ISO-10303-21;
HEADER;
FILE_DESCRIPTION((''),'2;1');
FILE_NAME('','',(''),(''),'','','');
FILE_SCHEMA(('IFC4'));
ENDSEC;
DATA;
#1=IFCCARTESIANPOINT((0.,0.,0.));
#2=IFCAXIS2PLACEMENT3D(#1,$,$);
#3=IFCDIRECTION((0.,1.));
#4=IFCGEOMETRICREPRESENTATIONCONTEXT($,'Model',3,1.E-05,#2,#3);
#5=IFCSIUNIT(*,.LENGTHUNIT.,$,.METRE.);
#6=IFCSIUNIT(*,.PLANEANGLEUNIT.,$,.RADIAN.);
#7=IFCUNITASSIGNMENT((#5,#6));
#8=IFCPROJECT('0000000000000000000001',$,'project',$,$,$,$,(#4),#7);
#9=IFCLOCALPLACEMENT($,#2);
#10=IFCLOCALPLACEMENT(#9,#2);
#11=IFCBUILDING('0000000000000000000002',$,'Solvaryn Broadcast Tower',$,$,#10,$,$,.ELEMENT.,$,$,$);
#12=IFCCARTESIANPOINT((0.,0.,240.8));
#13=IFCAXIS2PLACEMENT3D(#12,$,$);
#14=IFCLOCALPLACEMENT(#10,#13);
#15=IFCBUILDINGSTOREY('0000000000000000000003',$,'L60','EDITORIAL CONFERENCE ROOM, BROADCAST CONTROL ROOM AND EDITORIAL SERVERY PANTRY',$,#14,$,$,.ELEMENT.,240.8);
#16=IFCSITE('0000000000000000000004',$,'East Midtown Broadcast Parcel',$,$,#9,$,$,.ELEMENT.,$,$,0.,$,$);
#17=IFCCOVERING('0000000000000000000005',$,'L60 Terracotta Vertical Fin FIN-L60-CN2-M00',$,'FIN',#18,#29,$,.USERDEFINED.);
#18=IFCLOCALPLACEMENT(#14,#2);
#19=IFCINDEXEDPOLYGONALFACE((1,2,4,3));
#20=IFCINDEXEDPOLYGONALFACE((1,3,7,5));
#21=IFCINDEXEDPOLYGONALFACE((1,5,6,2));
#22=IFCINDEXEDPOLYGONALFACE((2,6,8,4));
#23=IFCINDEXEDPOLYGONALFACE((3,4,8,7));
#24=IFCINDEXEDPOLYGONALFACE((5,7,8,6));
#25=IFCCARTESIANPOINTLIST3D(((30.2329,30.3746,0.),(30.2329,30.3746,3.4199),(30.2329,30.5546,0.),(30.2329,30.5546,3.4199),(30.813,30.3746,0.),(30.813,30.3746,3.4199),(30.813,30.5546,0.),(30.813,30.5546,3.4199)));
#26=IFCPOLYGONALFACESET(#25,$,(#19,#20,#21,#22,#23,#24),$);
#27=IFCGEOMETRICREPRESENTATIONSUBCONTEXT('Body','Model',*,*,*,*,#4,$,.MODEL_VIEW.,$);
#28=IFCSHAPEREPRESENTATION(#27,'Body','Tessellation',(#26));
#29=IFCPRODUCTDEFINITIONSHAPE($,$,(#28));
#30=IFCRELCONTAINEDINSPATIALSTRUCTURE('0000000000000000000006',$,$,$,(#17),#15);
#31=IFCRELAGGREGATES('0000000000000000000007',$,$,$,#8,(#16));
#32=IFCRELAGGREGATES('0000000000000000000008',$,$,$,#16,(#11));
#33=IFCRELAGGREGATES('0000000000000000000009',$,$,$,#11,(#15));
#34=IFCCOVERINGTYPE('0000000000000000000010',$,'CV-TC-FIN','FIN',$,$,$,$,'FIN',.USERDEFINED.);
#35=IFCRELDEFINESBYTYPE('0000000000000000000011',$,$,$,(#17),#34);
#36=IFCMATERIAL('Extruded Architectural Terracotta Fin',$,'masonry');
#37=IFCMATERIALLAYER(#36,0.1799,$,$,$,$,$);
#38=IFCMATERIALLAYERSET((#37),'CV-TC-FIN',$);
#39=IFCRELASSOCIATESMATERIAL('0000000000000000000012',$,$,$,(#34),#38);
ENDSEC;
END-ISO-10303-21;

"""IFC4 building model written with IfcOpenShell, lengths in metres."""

from ifc_helpers import new_model, si_unit, direction, frame, origin, origin_2d, place, context, subcontext, project, spatial, rectangle, extrude, material, layer, layer_set, type_object, element, save


model = new_model("IFC4")

# Units and contexts
model_context = context("Model", 3, precision=1e-05, world=origin(), true_north=direction((0.0, 1.0)))
body_context = subcontext(model_context, "Body", "Model", "MODEL_VIEW")
ifc_project = project(units=[si_unit("LENGTHUNIT", "METRE"), si_unit("PLANEANGLEUNIT", "RADIAN")], contexts=[model_context])

# Site, building, storey
site_placement = place(None, origin())
site = spatial("IfcSite", under=ifc_project, at=site_placement, Name="East Midtown Broadcast Parcel", CompositionType="ELEMENT", RefElevation=0.0)
building_placement = place(site_placement, origin())
building = spatial("IfcBuilding", under=site, at=building_placement, Name="Solvaryn Broadcast Tower", CompositionType="ELEMENT")
storey_placement = place(building_placement, frame((0.0, 0.0, 240.8)))
storey = spatial("IfcBuildingStorey", under=building, at=storey_placement, Name="L60", Description="EDITORIAL CONFERENCE ROOM, BROADCAST CONTROL ROOM AND EDITORIAL SERVERY PANTRY", CompositionType="ELEMENT", Elevation=240.8)

# Covering
ifc_material_1 = material(Name="Extruded Architectural Terracotta Fin", Category="masonry")
ifc_layer_1 = layer(ifc_material_1, 0.1799)
ifc_layer_set_1 = layer_set([ifc_layer_1], Name="CV-TC-FIN")
covering_type_1 = type_object("IfcCoveringType", Name="CV-TC-FIN", Description="FIN", ElementType="FIN", PredefinedType="USERDEFINED", material=ifc_layer_set_1)
covering_1_placement = place(storey_placement, frame((30.5229, 30.4646, 0.0), z_axis=(0.0, 0.0, 1.0), x_axis=(1.0, 0.0, 0.0)))
element("IfcCovering", 1, at=covering_1_placement, inside=storey, type_object=covering_type_1, Name="L60 Terracotta Vertical Fin FIN-L60-CN2-M00", ObjectType="FIN", PredefinedType="USERDEFINED", context=body_context, shape_type="SweptSolid", body=[
    extrude(rectangle(XDim=0.5801, YDim=0.1799, at=origin_2d()), origin(), (0.0, 0.0, 1.0), 3.4199),
])

save(model, "model.ifc")
